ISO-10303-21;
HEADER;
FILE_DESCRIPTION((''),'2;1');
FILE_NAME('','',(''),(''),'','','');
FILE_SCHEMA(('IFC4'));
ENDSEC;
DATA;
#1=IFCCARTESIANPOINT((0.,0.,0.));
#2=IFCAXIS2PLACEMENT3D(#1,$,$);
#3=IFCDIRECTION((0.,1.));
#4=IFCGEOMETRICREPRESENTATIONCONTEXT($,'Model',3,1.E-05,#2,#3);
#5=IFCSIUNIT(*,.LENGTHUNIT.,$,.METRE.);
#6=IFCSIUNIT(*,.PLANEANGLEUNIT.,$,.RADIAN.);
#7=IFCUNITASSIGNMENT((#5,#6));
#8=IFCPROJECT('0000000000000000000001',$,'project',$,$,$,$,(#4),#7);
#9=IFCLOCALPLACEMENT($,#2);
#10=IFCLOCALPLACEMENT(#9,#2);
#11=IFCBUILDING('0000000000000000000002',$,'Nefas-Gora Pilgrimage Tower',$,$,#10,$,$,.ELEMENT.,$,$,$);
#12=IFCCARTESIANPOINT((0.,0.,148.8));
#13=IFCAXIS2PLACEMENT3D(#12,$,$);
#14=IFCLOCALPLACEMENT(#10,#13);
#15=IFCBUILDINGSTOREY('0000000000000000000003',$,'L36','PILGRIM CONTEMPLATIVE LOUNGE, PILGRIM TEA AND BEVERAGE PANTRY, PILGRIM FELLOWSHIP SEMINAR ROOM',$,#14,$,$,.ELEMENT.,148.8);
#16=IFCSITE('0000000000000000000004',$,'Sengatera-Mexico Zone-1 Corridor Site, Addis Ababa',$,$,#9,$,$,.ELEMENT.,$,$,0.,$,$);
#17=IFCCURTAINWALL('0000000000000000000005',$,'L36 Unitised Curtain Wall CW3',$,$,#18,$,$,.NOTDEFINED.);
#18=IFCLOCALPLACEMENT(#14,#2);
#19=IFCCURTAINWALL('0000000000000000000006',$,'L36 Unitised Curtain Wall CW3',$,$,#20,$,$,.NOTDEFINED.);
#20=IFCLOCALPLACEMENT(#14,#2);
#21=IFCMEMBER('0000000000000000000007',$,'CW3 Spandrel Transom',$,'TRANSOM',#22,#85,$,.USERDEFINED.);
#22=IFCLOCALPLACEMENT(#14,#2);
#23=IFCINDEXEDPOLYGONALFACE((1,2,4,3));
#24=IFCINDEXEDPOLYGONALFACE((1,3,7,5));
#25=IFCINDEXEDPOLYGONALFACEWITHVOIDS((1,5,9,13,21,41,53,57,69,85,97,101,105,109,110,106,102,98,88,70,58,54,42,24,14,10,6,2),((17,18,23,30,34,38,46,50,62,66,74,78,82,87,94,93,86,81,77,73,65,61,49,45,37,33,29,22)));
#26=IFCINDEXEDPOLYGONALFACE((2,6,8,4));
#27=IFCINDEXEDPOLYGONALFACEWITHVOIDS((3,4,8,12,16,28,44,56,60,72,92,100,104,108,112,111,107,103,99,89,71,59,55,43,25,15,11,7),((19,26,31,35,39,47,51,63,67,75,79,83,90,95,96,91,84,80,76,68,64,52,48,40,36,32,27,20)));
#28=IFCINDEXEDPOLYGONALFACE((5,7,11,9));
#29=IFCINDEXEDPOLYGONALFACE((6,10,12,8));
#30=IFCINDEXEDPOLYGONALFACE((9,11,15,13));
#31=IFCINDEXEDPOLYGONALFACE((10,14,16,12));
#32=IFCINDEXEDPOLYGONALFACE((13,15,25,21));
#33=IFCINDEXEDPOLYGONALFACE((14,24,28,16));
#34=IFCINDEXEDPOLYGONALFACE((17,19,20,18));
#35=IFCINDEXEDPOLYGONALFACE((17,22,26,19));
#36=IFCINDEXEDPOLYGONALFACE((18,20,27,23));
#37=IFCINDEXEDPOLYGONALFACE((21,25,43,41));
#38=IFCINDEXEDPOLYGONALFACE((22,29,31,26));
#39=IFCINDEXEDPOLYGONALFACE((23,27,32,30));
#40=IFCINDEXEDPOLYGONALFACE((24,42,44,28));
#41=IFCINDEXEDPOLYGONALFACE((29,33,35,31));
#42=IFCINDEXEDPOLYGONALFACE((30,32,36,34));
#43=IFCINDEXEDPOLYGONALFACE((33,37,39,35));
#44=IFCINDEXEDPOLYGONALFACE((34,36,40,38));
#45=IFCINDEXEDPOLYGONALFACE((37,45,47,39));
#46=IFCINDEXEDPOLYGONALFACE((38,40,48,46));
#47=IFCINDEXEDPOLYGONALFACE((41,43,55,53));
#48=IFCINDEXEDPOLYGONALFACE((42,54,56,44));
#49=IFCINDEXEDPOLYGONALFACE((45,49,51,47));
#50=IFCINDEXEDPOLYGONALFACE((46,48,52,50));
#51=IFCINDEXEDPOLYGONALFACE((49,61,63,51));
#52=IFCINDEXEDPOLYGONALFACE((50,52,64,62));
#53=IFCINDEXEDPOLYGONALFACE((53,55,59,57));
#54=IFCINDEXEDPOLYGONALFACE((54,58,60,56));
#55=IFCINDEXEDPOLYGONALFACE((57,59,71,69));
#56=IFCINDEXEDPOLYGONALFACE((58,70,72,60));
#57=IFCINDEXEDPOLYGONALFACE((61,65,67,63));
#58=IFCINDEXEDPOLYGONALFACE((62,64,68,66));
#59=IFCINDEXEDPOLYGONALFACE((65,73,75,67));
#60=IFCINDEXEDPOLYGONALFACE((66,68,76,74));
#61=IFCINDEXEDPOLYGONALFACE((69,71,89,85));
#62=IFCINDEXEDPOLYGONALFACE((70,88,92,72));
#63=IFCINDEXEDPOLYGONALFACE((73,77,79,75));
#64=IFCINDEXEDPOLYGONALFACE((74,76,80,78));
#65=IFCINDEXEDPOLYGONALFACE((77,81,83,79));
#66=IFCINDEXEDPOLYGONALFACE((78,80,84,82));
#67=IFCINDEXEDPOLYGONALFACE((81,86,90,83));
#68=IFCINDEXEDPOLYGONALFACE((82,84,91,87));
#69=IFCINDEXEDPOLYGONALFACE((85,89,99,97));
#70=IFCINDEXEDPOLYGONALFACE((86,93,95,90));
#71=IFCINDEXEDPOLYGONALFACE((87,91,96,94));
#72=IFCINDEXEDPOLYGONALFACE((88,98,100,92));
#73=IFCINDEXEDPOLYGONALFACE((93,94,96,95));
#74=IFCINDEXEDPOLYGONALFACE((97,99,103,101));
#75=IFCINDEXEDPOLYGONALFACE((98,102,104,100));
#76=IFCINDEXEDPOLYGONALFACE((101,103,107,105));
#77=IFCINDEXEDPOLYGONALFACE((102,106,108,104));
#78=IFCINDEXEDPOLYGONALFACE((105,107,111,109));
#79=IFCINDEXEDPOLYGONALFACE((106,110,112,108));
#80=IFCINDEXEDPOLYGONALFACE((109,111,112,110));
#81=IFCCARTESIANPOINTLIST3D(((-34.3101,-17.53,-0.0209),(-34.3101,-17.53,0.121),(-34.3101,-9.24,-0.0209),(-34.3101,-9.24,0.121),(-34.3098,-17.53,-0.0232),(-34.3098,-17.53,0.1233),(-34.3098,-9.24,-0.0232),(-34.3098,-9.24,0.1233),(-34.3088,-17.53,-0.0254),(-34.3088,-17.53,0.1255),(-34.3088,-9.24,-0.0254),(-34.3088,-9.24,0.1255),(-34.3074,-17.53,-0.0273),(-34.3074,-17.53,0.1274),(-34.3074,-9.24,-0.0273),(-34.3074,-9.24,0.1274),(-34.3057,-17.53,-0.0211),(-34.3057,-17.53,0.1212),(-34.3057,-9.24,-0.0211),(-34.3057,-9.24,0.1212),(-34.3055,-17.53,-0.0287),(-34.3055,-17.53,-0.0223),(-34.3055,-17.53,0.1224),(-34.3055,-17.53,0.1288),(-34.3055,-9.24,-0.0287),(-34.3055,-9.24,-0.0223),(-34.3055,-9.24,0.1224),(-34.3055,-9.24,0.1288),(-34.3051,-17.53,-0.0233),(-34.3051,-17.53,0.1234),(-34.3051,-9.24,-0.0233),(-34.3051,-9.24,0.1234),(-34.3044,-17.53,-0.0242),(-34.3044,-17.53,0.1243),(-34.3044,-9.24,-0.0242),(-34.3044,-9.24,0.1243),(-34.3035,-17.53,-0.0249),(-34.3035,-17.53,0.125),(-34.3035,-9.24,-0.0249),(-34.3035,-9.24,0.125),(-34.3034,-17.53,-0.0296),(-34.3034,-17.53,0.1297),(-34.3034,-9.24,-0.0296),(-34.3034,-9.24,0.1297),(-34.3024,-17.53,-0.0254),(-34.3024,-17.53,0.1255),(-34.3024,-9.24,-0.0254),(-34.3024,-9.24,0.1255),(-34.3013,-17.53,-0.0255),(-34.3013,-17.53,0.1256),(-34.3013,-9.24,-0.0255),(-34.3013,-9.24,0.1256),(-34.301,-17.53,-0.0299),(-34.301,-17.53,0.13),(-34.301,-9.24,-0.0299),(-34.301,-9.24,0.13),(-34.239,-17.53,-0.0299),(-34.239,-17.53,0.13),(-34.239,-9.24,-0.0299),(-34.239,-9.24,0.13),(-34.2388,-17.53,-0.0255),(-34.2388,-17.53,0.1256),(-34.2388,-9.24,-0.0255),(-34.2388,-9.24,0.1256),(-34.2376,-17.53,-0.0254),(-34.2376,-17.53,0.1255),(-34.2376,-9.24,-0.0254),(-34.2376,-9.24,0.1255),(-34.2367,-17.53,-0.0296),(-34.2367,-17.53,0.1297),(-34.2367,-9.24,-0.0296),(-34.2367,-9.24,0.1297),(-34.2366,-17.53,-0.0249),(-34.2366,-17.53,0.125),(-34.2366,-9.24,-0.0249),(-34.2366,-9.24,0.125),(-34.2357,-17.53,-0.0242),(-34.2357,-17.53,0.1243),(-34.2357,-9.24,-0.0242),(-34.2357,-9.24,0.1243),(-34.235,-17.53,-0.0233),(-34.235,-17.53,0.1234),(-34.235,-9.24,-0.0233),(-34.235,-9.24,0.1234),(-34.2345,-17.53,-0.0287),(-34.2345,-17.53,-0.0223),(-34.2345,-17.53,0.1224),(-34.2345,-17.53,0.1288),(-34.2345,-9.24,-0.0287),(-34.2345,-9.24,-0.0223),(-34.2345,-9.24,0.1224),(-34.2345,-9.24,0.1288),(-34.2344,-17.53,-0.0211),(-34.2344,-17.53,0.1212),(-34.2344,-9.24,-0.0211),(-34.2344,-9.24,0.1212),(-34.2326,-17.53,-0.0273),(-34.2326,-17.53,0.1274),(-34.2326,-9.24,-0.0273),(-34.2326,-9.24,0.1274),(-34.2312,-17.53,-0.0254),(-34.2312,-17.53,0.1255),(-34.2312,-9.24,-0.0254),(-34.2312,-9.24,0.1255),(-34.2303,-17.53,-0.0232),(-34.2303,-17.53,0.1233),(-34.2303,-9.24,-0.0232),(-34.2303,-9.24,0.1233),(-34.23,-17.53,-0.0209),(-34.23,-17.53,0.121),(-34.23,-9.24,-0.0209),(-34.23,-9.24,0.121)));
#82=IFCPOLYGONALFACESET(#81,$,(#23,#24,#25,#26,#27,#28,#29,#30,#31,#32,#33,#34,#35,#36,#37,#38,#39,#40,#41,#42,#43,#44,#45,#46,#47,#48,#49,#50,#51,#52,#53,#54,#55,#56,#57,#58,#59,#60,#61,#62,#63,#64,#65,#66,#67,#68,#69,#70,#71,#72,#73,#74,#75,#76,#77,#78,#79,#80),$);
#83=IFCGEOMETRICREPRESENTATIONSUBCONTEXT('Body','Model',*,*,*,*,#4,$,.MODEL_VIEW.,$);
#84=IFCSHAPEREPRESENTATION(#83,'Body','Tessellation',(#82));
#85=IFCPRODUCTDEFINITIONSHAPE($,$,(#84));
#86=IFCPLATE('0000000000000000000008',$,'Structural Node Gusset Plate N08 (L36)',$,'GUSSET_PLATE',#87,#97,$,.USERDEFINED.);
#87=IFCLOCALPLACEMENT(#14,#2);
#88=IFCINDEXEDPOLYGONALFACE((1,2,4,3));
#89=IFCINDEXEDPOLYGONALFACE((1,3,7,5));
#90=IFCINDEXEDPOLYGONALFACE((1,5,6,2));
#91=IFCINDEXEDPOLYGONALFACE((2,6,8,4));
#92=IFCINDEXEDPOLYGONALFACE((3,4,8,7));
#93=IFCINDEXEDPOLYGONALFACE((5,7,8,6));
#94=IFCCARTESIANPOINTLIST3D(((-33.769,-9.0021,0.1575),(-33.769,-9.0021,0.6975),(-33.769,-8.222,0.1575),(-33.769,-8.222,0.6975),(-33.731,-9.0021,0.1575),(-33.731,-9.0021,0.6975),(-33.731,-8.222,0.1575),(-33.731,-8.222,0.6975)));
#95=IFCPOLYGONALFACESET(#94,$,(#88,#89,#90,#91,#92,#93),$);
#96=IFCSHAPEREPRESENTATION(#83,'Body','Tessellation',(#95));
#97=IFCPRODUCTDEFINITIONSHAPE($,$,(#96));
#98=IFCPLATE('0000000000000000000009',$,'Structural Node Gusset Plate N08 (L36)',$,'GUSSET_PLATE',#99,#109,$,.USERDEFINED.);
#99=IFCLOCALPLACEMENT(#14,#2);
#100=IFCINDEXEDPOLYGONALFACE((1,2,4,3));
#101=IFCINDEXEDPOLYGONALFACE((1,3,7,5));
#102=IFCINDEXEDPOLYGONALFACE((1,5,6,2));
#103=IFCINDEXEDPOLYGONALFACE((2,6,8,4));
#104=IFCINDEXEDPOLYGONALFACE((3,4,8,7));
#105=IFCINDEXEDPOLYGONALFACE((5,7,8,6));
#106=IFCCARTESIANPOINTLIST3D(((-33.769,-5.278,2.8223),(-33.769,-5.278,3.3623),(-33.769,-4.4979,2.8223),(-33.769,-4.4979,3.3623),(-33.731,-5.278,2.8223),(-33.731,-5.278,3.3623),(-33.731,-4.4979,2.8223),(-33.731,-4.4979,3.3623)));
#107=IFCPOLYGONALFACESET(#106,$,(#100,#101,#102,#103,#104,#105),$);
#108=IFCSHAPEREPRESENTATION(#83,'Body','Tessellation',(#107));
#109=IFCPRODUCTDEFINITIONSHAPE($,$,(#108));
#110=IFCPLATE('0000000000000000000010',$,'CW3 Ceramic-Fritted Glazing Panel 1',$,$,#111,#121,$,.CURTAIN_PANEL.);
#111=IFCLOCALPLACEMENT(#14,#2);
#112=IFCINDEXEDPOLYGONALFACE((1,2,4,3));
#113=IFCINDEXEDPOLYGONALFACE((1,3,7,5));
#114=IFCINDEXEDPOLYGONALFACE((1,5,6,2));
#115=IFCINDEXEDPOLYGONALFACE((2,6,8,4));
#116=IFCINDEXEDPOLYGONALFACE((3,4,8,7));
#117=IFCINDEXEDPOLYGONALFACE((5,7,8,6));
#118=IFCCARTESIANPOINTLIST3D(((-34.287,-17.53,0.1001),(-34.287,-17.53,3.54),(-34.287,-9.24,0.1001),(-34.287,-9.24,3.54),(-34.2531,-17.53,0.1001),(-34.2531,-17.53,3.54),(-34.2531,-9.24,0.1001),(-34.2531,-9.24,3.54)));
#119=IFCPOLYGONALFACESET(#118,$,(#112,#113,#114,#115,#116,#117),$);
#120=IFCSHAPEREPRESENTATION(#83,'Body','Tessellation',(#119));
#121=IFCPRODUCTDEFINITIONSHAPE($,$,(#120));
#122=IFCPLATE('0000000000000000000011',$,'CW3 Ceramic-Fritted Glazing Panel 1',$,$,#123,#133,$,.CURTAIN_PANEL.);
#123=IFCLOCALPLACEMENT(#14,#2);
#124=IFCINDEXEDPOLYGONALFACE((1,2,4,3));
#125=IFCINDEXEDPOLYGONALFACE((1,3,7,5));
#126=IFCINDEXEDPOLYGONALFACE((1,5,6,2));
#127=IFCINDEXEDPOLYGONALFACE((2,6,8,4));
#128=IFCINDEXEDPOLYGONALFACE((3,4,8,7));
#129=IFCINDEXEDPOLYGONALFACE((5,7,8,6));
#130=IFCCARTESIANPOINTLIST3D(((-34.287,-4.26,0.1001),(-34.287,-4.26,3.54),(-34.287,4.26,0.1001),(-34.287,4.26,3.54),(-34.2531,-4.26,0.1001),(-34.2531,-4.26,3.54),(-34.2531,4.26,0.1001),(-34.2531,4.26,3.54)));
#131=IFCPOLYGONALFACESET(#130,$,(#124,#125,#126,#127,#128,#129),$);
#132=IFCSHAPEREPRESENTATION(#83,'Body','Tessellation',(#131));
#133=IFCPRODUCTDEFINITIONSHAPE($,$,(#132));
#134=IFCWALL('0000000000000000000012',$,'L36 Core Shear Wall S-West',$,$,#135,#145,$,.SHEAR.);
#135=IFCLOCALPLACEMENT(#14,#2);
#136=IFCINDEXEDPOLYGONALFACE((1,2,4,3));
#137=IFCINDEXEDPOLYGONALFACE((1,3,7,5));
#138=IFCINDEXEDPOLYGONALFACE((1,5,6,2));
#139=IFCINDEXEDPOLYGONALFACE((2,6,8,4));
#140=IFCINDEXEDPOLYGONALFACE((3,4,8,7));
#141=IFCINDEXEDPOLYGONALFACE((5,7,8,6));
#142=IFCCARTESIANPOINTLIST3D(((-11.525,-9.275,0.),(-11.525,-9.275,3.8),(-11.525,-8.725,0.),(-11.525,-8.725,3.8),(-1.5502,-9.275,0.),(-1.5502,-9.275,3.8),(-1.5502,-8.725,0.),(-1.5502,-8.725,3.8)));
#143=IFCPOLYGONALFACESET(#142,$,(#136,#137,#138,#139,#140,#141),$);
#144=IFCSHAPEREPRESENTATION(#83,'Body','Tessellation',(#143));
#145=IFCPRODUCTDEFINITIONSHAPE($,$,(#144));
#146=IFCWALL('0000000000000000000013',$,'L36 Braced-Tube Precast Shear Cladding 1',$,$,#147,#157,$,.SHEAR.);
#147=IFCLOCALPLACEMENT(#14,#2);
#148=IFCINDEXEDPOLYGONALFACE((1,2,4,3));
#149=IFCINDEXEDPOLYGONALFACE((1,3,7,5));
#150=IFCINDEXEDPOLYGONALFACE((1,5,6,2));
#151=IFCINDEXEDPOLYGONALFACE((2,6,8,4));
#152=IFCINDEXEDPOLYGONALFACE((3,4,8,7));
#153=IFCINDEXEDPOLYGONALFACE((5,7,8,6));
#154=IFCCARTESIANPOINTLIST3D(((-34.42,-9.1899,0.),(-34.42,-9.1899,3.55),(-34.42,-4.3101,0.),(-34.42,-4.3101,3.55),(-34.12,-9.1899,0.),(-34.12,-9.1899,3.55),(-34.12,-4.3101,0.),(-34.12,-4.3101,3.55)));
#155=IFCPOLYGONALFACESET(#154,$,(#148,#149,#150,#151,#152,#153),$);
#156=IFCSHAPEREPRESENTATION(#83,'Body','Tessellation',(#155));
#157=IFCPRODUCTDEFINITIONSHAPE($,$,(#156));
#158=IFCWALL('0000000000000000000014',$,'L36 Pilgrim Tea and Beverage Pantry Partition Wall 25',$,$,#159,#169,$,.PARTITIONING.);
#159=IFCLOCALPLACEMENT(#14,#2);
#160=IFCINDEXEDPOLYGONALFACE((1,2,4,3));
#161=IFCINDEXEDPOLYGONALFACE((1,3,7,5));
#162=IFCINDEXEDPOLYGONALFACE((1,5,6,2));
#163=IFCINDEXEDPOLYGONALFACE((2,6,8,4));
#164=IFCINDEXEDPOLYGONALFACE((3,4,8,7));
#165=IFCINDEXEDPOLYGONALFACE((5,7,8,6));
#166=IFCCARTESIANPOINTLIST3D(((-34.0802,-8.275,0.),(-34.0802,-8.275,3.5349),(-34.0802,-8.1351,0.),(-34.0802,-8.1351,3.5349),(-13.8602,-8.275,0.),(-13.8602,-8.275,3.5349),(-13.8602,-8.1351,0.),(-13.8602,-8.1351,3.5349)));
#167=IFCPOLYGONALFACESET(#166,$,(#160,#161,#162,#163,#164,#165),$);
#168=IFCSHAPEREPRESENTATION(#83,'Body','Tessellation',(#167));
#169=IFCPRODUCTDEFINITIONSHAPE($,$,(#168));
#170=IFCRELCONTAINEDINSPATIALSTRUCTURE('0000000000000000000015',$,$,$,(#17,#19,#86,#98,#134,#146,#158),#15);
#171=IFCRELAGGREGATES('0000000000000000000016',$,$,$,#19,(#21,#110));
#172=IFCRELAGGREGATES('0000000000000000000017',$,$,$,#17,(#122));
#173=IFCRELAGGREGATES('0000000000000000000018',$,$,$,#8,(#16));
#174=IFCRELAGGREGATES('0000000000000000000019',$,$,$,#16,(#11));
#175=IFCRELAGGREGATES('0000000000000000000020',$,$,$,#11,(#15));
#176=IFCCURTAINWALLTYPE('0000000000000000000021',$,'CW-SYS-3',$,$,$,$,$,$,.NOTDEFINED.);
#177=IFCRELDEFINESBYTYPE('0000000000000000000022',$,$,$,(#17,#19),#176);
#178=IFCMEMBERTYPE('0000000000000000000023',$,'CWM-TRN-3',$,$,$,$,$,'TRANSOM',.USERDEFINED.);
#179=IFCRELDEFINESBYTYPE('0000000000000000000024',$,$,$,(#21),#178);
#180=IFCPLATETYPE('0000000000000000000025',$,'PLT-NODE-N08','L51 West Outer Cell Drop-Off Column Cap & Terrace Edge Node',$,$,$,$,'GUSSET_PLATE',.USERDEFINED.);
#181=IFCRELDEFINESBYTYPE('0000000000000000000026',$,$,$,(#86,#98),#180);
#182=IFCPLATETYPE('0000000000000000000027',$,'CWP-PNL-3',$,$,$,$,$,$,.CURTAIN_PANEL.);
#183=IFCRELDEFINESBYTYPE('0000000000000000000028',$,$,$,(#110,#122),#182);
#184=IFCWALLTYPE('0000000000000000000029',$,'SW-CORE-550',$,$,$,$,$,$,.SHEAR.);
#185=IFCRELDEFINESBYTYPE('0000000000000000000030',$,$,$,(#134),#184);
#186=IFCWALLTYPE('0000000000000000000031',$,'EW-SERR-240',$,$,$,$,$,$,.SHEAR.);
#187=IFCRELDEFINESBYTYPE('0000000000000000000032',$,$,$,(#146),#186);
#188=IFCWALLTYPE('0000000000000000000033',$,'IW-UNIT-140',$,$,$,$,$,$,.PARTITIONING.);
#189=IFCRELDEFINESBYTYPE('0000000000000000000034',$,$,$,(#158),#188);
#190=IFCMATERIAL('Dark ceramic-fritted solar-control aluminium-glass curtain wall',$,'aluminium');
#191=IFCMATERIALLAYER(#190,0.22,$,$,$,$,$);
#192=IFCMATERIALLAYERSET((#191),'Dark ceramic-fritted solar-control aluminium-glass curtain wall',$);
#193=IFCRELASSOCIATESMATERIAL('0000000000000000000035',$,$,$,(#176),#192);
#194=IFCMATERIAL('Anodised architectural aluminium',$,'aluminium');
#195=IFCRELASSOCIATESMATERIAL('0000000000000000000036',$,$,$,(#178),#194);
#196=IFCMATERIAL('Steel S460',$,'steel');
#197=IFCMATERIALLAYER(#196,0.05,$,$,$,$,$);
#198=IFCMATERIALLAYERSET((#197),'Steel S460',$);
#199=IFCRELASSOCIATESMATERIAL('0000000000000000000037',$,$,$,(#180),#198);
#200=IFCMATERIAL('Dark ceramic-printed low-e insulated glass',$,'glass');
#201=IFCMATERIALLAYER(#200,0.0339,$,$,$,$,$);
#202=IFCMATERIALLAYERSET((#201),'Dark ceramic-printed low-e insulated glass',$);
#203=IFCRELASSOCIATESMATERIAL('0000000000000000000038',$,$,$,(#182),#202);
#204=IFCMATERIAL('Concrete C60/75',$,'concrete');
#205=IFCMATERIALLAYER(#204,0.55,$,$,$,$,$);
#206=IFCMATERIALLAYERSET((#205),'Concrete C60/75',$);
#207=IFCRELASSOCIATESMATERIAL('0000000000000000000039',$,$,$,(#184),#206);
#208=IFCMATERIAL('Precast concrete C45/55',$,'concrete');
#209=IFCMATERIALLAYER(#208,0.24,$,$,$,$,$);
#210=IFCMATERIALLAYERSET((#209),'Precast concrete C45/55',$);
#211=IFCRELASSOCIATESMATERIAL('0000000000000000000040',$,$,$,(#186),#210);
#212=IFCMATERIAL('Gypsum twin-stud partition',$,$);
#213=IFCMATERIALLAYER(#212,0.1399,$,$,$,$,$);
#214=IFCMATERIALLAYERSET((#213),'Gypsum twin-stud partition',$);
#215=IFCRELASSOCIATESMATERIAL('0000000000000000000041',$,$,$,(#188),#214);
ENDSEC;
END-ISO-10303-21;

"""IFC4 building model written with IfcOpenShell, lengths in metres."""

from ifc_helpers import new_model, si_unit, direction, frame, frame_2d, origin, origin_2d, place, context, subcontext, project, spatial, rectangle, hollow_rectangle, extrude, source, transform, mapped, material, layer, layer_set, material_profile, profile_set, type_object, element, aggregate, save


model = new_model("IFC4")

# Units and contexts
model_context = context("Model", 3, precision=1e-05, world=origin(), true_north=direction((0.0, 1.0)))
body_context = subcontext(model_context, "Body", "Model", "MODEL_VIEW")
ifc_project = project(units=[si_unit("LENGTHUNIT", "METRE"), si_unit("PLANEANGLEUNIT", "RADIAN")], contexts=[model_context])

# Site, building, storey
site_placement = place(None, origin())
site = spatial("IfcSite", under=ifc_project, at=site_placement, Name="Sengatera-Mexico Zone-1 Corridor Site, Addis Ababa", CompositionType="ELEMENT", RefElevation=0.0)
building_placement = place(site_placement, origin())
building = spatial("IfcBuilding", under=site, at=building_placement, Name="Nefas-Gora Pilgrimage Tower", CompositionType="ELEMENT")
storey_placement = place(building_placement, frame((0.0, 0.0, 148.8)))
storey = spatial("IfcBuildingStorey", under=building, at=storey_placement, Name="L36", Description="PILGRIM CONTEMPLATIVE LOUNGE, PILGRIM TEA AND BEVERAGE PANTRY, PILGRIM FELLOWSHIP SEMINAR ROOM", CompositionType="ELEMENT", Elevation=148.8)

# Shared definitions
ifc_material_1 = material(Name="Steel S460", Category="steel")

# Curtain wall
ifc_material_2 = material(Name="Dark ceramic-fritted solar-control aluminium-glass curtain wall", Category="aluminium")
ifc_layer_1 = layer(ifc_material_2, 0.22)
ifc_layer_set_1 = layer_set([ifc_layer_1], Name="Dark ceramic-fritted solar-control aluminium-glass curtain wall")
curtain_wall_type = type_object("IfcCurtainWallType", Name="CW-SYS-3", PredefinedType="NOTDEFINED", material=ifc_layer_set_1)
curtain_wall_1_placement = place(storey_placement, origin())
curtain_wall_1 = element("IfcCurtainWall", 1, at=curtain_wall_1_placement, inside=storey, type_object=curtain_wall_type, Name="L36 Unitised Curtain Wall CW3", PredefinedType="NOTDEFINED")
ifc_material_3 = material(Name="Anodised architectural aluminium", Category="aluminium")

# Curtain wall, member
curtain_wall_2_placement = place(storey_placement, origin())
curtain_wall_2 = element("IfcCurtainWall", 2, at=curtain_wall_2_placement, inside=storey, type_object=curtain_wall_type, Name="L36 Unitised Curtain Wall CW3", PredefinedType="NOTDEFINED")
ifc_material_profile_1 = material_profile(ifc_material_3, hollow_rectangle(XDim=0.0801, YDim=0.1599, WallThickness=0.0044, InnerFilletRadius=0.0044, OuterFilletRadius=0.009, at=origin_2d()), Name="ALU TRANSOM 80x160")
ifc_profile_set_1 = profile_set([ifc_material_profile_1], Name="Anodised architectural aluminium")
member_type_1 = type_object("IfcMemberType", Name="CWM-TRN-3", ElementType="TRANSOM", PredefinedType="USERDEFINED", material=ifc_profile_set_1)
shared_shape_1 = source(origin(), body_context, "Body", "SweptSolid", [
    extrude(hollow_rectangle(XDim=0.0801, YDim=0.1599, WallThickness=0.0044, InnerFilletRadius=0.0044, OuterFilletRadius=0.009, at=origin_2d()), origin(), (0.0, 0.0, 1.0), 8.29),
])
member_1_placement = place(storey_placement, frame((-34.27, -9.24, 0.05), z_axis=(0.0, -1.0, 0.0), x_axis=(1.0, 0.0, 0.0)))
member_1 = element("IfcMember", 3, at=member_1_placement, type_object=member_type_1, Name="CW3 Spandrel Transom", ObjectType="TRANSOM", PredefinedType="USERDEFINED", context=body_context, shape_type="MappedRepresentation", body=[
    mapped(shared_shape_1, transform((0.0, 0.0, 0.0), x_axis=(1.0, 0.0, 0.0), y_axis=(0.0, 1.0, 0.0), z_axis=(0.0, 0.0, 1.0), scale=1.0)),
])

# Plates
ifc_layer_2 = layer(ifc_material_1, 0.05)
ifc_layer_set_2 = layer_set([ifc_layer_2], Name="Steel S460")
plate_type_1 = type_object("IfcPlateType", Name="PLT-NODE-N08", Description="L51 West Outer Cell Drop-Off Column Cap & Terrace Edge Node", ElementType="GUSSET_PLATE", PredefinedType="USERDEFINED", material=ifc_layer_set_2)
shared_shape_2 = source(origin(), body_context, "Body", "SweptSolid", [
    extrude(rectangle(XDim=0.78, YDim=0.0381, at=origin_2d()), origin(), (0.0, 0.0, 1.0), 0.54),
])
for number, where, z_axis, x_axis, name in (
    (4, (-33.75, -8.6121, 0.1575), (0.0, 0.0, 1.0), (0.0, 1.0, 0.0), "Structural Node Gusset Plate N08 (L36)"),
    (5, (-33.75, -4.8879, 2.8223), (0.0, 0.0, 1.0), (0.0, 1.0, 0.0), "Structural Node Gusset Plate N08 (L36)"),
):
    element("IfcPlate", number, at=place(storey_placement, frame(where, z_axis=z_axis, x_axis=x_axis)), inside=storey, type_object=plate_type_1, Name=name, ObjectType="GUSSET_PLATE", PredefinedType="USERDEFINED", context=body_context, shape_type="MappedRepresentation", body=[
        mapped(shared_shape_2, transform((0.0, 0.0, 0.0), x_axis=(1.0, 0.0, 0.0), y_axis=(0.0, 1.0, 0.0), z_axis=(0.0, 0.0, 1.0), scale=1.0)),
    ])

# Plates
ifc_material_4 = material(Name="Dark ceramic-printed low-e insulated glass", Category="glass")
ifc_layer_3 = layer(ifc_material_4, 0.0339)
ifc_layer_set_3 = layer_set([ifc_layer_3], Name="Dark ceramic-printed low-e insulated glass")
plate_type_2 = type_object("IfcPlateType", Name="CWP-PNL-3", PredefinedType="CURTAIN_PANEL", material=ifc_layer_set_3)
shared_shape_3 = source(origin(), body_context, "Body", "SweptSolid", [
    extrude(rectangle(XDim=8.29, YDim=0.0339, at=origin_2d()), origin(), (0.0, 0.0, 1.0), 3.4399),
])
plate_1_placement = place(storey_placement, frame((-34.27, -13.385, 0.1001), z_axis=(0.0, 0.0, 1.0), x_axis=(0.0, -1.0, 0.0)))
plate_1 = element("IfcPlate", 6, at=plate_1_placement, type_object=plate_type_2, Name="CW3 Ceramic-Fritted Glazing Panel 1", PredefinedType="CURTAIN_PANEL", context=body_context, shape_type="MappedRepresentation", body=[
    mapped(shared_shape_3, transform((0.0, 0.0, 0.0), x_axis=(1.0, 0.0, 0.0), y_axis=(0.0, 1.0, 0.0), z_axis=(0.0, 0.0, 1.0), scale=1.0)),
])
aggregate(curtain_wall_2, [member_1, plate_1])
shared_shape_4 = source(origin(), body_context, "Body", "SweptSolid", [
    extrude(rectangle(XDim=8.52, YDim=0.0339, at=origin_2d()), origin(), (0.0, 0.0, 1.0), 3.4399),
])
plate_2_placement = place(storey_placement, frame((-34.27, 0.0, 0.1001), z_axis=(0.0, 0.0, 1.0), x_axis=(0.0, -1.0, 0.0)))
plate_2 = element("IfcPlate", 7, at=plate_2_placement, type_object=plate_type_2, Name="CW3 Ceramic-Fritted Glazing Panel 1", PredefinedType="CURTAIN_PANEL", context=body_context, shape_type="MappedRepresentation", body=[
    mapped(shared_shape_4, transform((0.0, 0.0, 0.0), x_axis=(1.0, 0.0, 0.0), y_axis=(0.0, 1.0, 0.0), z_axis=(0.0, 0.0, 1.0), scale=1.0)),
])
aggregate(curtain_wall_1, [plate_2])

# Walls
ifc_material_5 = material(Name="Concrete C60/75", Category="concrete")
ifc_layer_4 = layer(ifc_material_5, 0.55)
ifc_layer_set_4 = layer_set([ifc_layer_4], Name="Concrete C60/75")
wall_type_1 = type_object("IfcWallType", Name="SW-CORE-550", PredefinedType="SHEAR", material=ifc_layer_set_4)
shared_shape_5 = source(origin(), body_context, "Body", "SweptSolid", [
    extrude(rectangle(XDim=9.9749, YDim=0.55, at=frame_2d((4.9873, 0.0))), origin(), (0.0, 0.0, 1.0), 3.8),
])
wall_1_placement = place(storey_placement, frame((-11.5249, -9.0, 0.0), z_axis=(0.0, 0.0, 1.0), x_axis=(1.0, 0.0, 0.0)))
element("IfcWall", 8, at=wall_1_placement, inside=storey, type_object=wall_type_1, Name="L36 Core Shear Wall S-West", PredefinedType="SHEAR", context=body_context, shape_type="MappedRepresentation", body=[
    mapped(shared_shape_5, transform((0.0, 0.0, 0.0), x_axis=(1.0, 0.0, 0.0), y_axis=(0.0, 1.0, 0.0), z_axis=(0.0, 0.0, 1.0), scale=1.0)),
])
ifc_material_6 = material(Name="Precast concrete C45/55", Category="concrete")
ifc_layer_5 = layer(ifc_material_6, 0.24)
ifc_layer_set_5 = layer_set([ifc_layer_5], Name="Precast concrete C45/55")
wall_type_2 = type_object("IfcWallType", Name="EW-SERR-240", PredefinedType="SHEAR", material=ifc_layer_set_5)
shared_shape_6 = source(origin(), body_context, "Body", "SweptSolid", [
    extrude(rectangle(XDim=4.8799, YDim=0.3, at=frame_2d((2.4399, 0.0))), origin(), (0.0, 0.0, 1.0), 3.55),
])
wall_2_placement = place(storey_placement, frame((-34.27, -9.1899, 0.0), z_axis=(0.0, 0.0, 1.0), x_axis=(0.0, 1.0, 0.0)))
element("IfcWall", 9, at=wall_2_placement, inside=storey, type_object=wall_type_2, Name="L36 Braced-Tube Precast Shear Cladding 1", PredefinedType="SHEAR", context=body_context, shape_type="MappedRepresentation", body=[
    mapped(shared_shape_6, transform((0.0, 0.0, 0.0), x_axis=(1.0, 0.0, 0.0), y_axis=(0.0, 1.0, 0.0), z_axis=(0.0, 0.0, 1.0), scale=1.0)),
])

# Wall
ifc_material_7 = material(Name="Gypsum twin-stud partition")
ifc_layer_6 = layer(ifc_material_7, 0.1399)
ifc_layer_set_6 = layer_set([ifc_layer_6], Name="Gypsum twin-stud partition")
wall_type_3 = type_object("IfcWallType", Name="IW-UNIT-140", PredefinedType="PARTITIONING", material=ifc_layer_set_6)
shared_shape_7 = source(origin(), body_context, "Body", "SweptSolid", [
    extrude(rectangle(XDim=20.22, YDim=0.1399, at=frame_2d((10.1099, 0.0))), origin(), (0.0, 0.0, 1.0), 3.5349),
])
wall_3_placement = place(storey_placement, frame((-34.0801, -8.2051, 0.0), z_axis=(0.0, 0.0, 1.0), x_axis=(1.0, 0.0, 0.0)))
element("IfcWall", 10, at=wall_3_placement, inside=storey, type_object=wall_type_3, Name="L36 Pilgrim Tea and Beverage Pantry Partition Wall 25", PredefinedType="PARTITIONING", context=body_context, shape_type="MappedRepresentation", body=[
    mapped(shared_shape_7, transform((0.0, 0.0, 0.0), x_axis=(1.0, 0.0, 0.0), y_axis=(0.0, 1.0, 0.0), z_axis=(0.0, 0.0, 1.0), scale=1.0)),
])

save(model, "model.ifc")
